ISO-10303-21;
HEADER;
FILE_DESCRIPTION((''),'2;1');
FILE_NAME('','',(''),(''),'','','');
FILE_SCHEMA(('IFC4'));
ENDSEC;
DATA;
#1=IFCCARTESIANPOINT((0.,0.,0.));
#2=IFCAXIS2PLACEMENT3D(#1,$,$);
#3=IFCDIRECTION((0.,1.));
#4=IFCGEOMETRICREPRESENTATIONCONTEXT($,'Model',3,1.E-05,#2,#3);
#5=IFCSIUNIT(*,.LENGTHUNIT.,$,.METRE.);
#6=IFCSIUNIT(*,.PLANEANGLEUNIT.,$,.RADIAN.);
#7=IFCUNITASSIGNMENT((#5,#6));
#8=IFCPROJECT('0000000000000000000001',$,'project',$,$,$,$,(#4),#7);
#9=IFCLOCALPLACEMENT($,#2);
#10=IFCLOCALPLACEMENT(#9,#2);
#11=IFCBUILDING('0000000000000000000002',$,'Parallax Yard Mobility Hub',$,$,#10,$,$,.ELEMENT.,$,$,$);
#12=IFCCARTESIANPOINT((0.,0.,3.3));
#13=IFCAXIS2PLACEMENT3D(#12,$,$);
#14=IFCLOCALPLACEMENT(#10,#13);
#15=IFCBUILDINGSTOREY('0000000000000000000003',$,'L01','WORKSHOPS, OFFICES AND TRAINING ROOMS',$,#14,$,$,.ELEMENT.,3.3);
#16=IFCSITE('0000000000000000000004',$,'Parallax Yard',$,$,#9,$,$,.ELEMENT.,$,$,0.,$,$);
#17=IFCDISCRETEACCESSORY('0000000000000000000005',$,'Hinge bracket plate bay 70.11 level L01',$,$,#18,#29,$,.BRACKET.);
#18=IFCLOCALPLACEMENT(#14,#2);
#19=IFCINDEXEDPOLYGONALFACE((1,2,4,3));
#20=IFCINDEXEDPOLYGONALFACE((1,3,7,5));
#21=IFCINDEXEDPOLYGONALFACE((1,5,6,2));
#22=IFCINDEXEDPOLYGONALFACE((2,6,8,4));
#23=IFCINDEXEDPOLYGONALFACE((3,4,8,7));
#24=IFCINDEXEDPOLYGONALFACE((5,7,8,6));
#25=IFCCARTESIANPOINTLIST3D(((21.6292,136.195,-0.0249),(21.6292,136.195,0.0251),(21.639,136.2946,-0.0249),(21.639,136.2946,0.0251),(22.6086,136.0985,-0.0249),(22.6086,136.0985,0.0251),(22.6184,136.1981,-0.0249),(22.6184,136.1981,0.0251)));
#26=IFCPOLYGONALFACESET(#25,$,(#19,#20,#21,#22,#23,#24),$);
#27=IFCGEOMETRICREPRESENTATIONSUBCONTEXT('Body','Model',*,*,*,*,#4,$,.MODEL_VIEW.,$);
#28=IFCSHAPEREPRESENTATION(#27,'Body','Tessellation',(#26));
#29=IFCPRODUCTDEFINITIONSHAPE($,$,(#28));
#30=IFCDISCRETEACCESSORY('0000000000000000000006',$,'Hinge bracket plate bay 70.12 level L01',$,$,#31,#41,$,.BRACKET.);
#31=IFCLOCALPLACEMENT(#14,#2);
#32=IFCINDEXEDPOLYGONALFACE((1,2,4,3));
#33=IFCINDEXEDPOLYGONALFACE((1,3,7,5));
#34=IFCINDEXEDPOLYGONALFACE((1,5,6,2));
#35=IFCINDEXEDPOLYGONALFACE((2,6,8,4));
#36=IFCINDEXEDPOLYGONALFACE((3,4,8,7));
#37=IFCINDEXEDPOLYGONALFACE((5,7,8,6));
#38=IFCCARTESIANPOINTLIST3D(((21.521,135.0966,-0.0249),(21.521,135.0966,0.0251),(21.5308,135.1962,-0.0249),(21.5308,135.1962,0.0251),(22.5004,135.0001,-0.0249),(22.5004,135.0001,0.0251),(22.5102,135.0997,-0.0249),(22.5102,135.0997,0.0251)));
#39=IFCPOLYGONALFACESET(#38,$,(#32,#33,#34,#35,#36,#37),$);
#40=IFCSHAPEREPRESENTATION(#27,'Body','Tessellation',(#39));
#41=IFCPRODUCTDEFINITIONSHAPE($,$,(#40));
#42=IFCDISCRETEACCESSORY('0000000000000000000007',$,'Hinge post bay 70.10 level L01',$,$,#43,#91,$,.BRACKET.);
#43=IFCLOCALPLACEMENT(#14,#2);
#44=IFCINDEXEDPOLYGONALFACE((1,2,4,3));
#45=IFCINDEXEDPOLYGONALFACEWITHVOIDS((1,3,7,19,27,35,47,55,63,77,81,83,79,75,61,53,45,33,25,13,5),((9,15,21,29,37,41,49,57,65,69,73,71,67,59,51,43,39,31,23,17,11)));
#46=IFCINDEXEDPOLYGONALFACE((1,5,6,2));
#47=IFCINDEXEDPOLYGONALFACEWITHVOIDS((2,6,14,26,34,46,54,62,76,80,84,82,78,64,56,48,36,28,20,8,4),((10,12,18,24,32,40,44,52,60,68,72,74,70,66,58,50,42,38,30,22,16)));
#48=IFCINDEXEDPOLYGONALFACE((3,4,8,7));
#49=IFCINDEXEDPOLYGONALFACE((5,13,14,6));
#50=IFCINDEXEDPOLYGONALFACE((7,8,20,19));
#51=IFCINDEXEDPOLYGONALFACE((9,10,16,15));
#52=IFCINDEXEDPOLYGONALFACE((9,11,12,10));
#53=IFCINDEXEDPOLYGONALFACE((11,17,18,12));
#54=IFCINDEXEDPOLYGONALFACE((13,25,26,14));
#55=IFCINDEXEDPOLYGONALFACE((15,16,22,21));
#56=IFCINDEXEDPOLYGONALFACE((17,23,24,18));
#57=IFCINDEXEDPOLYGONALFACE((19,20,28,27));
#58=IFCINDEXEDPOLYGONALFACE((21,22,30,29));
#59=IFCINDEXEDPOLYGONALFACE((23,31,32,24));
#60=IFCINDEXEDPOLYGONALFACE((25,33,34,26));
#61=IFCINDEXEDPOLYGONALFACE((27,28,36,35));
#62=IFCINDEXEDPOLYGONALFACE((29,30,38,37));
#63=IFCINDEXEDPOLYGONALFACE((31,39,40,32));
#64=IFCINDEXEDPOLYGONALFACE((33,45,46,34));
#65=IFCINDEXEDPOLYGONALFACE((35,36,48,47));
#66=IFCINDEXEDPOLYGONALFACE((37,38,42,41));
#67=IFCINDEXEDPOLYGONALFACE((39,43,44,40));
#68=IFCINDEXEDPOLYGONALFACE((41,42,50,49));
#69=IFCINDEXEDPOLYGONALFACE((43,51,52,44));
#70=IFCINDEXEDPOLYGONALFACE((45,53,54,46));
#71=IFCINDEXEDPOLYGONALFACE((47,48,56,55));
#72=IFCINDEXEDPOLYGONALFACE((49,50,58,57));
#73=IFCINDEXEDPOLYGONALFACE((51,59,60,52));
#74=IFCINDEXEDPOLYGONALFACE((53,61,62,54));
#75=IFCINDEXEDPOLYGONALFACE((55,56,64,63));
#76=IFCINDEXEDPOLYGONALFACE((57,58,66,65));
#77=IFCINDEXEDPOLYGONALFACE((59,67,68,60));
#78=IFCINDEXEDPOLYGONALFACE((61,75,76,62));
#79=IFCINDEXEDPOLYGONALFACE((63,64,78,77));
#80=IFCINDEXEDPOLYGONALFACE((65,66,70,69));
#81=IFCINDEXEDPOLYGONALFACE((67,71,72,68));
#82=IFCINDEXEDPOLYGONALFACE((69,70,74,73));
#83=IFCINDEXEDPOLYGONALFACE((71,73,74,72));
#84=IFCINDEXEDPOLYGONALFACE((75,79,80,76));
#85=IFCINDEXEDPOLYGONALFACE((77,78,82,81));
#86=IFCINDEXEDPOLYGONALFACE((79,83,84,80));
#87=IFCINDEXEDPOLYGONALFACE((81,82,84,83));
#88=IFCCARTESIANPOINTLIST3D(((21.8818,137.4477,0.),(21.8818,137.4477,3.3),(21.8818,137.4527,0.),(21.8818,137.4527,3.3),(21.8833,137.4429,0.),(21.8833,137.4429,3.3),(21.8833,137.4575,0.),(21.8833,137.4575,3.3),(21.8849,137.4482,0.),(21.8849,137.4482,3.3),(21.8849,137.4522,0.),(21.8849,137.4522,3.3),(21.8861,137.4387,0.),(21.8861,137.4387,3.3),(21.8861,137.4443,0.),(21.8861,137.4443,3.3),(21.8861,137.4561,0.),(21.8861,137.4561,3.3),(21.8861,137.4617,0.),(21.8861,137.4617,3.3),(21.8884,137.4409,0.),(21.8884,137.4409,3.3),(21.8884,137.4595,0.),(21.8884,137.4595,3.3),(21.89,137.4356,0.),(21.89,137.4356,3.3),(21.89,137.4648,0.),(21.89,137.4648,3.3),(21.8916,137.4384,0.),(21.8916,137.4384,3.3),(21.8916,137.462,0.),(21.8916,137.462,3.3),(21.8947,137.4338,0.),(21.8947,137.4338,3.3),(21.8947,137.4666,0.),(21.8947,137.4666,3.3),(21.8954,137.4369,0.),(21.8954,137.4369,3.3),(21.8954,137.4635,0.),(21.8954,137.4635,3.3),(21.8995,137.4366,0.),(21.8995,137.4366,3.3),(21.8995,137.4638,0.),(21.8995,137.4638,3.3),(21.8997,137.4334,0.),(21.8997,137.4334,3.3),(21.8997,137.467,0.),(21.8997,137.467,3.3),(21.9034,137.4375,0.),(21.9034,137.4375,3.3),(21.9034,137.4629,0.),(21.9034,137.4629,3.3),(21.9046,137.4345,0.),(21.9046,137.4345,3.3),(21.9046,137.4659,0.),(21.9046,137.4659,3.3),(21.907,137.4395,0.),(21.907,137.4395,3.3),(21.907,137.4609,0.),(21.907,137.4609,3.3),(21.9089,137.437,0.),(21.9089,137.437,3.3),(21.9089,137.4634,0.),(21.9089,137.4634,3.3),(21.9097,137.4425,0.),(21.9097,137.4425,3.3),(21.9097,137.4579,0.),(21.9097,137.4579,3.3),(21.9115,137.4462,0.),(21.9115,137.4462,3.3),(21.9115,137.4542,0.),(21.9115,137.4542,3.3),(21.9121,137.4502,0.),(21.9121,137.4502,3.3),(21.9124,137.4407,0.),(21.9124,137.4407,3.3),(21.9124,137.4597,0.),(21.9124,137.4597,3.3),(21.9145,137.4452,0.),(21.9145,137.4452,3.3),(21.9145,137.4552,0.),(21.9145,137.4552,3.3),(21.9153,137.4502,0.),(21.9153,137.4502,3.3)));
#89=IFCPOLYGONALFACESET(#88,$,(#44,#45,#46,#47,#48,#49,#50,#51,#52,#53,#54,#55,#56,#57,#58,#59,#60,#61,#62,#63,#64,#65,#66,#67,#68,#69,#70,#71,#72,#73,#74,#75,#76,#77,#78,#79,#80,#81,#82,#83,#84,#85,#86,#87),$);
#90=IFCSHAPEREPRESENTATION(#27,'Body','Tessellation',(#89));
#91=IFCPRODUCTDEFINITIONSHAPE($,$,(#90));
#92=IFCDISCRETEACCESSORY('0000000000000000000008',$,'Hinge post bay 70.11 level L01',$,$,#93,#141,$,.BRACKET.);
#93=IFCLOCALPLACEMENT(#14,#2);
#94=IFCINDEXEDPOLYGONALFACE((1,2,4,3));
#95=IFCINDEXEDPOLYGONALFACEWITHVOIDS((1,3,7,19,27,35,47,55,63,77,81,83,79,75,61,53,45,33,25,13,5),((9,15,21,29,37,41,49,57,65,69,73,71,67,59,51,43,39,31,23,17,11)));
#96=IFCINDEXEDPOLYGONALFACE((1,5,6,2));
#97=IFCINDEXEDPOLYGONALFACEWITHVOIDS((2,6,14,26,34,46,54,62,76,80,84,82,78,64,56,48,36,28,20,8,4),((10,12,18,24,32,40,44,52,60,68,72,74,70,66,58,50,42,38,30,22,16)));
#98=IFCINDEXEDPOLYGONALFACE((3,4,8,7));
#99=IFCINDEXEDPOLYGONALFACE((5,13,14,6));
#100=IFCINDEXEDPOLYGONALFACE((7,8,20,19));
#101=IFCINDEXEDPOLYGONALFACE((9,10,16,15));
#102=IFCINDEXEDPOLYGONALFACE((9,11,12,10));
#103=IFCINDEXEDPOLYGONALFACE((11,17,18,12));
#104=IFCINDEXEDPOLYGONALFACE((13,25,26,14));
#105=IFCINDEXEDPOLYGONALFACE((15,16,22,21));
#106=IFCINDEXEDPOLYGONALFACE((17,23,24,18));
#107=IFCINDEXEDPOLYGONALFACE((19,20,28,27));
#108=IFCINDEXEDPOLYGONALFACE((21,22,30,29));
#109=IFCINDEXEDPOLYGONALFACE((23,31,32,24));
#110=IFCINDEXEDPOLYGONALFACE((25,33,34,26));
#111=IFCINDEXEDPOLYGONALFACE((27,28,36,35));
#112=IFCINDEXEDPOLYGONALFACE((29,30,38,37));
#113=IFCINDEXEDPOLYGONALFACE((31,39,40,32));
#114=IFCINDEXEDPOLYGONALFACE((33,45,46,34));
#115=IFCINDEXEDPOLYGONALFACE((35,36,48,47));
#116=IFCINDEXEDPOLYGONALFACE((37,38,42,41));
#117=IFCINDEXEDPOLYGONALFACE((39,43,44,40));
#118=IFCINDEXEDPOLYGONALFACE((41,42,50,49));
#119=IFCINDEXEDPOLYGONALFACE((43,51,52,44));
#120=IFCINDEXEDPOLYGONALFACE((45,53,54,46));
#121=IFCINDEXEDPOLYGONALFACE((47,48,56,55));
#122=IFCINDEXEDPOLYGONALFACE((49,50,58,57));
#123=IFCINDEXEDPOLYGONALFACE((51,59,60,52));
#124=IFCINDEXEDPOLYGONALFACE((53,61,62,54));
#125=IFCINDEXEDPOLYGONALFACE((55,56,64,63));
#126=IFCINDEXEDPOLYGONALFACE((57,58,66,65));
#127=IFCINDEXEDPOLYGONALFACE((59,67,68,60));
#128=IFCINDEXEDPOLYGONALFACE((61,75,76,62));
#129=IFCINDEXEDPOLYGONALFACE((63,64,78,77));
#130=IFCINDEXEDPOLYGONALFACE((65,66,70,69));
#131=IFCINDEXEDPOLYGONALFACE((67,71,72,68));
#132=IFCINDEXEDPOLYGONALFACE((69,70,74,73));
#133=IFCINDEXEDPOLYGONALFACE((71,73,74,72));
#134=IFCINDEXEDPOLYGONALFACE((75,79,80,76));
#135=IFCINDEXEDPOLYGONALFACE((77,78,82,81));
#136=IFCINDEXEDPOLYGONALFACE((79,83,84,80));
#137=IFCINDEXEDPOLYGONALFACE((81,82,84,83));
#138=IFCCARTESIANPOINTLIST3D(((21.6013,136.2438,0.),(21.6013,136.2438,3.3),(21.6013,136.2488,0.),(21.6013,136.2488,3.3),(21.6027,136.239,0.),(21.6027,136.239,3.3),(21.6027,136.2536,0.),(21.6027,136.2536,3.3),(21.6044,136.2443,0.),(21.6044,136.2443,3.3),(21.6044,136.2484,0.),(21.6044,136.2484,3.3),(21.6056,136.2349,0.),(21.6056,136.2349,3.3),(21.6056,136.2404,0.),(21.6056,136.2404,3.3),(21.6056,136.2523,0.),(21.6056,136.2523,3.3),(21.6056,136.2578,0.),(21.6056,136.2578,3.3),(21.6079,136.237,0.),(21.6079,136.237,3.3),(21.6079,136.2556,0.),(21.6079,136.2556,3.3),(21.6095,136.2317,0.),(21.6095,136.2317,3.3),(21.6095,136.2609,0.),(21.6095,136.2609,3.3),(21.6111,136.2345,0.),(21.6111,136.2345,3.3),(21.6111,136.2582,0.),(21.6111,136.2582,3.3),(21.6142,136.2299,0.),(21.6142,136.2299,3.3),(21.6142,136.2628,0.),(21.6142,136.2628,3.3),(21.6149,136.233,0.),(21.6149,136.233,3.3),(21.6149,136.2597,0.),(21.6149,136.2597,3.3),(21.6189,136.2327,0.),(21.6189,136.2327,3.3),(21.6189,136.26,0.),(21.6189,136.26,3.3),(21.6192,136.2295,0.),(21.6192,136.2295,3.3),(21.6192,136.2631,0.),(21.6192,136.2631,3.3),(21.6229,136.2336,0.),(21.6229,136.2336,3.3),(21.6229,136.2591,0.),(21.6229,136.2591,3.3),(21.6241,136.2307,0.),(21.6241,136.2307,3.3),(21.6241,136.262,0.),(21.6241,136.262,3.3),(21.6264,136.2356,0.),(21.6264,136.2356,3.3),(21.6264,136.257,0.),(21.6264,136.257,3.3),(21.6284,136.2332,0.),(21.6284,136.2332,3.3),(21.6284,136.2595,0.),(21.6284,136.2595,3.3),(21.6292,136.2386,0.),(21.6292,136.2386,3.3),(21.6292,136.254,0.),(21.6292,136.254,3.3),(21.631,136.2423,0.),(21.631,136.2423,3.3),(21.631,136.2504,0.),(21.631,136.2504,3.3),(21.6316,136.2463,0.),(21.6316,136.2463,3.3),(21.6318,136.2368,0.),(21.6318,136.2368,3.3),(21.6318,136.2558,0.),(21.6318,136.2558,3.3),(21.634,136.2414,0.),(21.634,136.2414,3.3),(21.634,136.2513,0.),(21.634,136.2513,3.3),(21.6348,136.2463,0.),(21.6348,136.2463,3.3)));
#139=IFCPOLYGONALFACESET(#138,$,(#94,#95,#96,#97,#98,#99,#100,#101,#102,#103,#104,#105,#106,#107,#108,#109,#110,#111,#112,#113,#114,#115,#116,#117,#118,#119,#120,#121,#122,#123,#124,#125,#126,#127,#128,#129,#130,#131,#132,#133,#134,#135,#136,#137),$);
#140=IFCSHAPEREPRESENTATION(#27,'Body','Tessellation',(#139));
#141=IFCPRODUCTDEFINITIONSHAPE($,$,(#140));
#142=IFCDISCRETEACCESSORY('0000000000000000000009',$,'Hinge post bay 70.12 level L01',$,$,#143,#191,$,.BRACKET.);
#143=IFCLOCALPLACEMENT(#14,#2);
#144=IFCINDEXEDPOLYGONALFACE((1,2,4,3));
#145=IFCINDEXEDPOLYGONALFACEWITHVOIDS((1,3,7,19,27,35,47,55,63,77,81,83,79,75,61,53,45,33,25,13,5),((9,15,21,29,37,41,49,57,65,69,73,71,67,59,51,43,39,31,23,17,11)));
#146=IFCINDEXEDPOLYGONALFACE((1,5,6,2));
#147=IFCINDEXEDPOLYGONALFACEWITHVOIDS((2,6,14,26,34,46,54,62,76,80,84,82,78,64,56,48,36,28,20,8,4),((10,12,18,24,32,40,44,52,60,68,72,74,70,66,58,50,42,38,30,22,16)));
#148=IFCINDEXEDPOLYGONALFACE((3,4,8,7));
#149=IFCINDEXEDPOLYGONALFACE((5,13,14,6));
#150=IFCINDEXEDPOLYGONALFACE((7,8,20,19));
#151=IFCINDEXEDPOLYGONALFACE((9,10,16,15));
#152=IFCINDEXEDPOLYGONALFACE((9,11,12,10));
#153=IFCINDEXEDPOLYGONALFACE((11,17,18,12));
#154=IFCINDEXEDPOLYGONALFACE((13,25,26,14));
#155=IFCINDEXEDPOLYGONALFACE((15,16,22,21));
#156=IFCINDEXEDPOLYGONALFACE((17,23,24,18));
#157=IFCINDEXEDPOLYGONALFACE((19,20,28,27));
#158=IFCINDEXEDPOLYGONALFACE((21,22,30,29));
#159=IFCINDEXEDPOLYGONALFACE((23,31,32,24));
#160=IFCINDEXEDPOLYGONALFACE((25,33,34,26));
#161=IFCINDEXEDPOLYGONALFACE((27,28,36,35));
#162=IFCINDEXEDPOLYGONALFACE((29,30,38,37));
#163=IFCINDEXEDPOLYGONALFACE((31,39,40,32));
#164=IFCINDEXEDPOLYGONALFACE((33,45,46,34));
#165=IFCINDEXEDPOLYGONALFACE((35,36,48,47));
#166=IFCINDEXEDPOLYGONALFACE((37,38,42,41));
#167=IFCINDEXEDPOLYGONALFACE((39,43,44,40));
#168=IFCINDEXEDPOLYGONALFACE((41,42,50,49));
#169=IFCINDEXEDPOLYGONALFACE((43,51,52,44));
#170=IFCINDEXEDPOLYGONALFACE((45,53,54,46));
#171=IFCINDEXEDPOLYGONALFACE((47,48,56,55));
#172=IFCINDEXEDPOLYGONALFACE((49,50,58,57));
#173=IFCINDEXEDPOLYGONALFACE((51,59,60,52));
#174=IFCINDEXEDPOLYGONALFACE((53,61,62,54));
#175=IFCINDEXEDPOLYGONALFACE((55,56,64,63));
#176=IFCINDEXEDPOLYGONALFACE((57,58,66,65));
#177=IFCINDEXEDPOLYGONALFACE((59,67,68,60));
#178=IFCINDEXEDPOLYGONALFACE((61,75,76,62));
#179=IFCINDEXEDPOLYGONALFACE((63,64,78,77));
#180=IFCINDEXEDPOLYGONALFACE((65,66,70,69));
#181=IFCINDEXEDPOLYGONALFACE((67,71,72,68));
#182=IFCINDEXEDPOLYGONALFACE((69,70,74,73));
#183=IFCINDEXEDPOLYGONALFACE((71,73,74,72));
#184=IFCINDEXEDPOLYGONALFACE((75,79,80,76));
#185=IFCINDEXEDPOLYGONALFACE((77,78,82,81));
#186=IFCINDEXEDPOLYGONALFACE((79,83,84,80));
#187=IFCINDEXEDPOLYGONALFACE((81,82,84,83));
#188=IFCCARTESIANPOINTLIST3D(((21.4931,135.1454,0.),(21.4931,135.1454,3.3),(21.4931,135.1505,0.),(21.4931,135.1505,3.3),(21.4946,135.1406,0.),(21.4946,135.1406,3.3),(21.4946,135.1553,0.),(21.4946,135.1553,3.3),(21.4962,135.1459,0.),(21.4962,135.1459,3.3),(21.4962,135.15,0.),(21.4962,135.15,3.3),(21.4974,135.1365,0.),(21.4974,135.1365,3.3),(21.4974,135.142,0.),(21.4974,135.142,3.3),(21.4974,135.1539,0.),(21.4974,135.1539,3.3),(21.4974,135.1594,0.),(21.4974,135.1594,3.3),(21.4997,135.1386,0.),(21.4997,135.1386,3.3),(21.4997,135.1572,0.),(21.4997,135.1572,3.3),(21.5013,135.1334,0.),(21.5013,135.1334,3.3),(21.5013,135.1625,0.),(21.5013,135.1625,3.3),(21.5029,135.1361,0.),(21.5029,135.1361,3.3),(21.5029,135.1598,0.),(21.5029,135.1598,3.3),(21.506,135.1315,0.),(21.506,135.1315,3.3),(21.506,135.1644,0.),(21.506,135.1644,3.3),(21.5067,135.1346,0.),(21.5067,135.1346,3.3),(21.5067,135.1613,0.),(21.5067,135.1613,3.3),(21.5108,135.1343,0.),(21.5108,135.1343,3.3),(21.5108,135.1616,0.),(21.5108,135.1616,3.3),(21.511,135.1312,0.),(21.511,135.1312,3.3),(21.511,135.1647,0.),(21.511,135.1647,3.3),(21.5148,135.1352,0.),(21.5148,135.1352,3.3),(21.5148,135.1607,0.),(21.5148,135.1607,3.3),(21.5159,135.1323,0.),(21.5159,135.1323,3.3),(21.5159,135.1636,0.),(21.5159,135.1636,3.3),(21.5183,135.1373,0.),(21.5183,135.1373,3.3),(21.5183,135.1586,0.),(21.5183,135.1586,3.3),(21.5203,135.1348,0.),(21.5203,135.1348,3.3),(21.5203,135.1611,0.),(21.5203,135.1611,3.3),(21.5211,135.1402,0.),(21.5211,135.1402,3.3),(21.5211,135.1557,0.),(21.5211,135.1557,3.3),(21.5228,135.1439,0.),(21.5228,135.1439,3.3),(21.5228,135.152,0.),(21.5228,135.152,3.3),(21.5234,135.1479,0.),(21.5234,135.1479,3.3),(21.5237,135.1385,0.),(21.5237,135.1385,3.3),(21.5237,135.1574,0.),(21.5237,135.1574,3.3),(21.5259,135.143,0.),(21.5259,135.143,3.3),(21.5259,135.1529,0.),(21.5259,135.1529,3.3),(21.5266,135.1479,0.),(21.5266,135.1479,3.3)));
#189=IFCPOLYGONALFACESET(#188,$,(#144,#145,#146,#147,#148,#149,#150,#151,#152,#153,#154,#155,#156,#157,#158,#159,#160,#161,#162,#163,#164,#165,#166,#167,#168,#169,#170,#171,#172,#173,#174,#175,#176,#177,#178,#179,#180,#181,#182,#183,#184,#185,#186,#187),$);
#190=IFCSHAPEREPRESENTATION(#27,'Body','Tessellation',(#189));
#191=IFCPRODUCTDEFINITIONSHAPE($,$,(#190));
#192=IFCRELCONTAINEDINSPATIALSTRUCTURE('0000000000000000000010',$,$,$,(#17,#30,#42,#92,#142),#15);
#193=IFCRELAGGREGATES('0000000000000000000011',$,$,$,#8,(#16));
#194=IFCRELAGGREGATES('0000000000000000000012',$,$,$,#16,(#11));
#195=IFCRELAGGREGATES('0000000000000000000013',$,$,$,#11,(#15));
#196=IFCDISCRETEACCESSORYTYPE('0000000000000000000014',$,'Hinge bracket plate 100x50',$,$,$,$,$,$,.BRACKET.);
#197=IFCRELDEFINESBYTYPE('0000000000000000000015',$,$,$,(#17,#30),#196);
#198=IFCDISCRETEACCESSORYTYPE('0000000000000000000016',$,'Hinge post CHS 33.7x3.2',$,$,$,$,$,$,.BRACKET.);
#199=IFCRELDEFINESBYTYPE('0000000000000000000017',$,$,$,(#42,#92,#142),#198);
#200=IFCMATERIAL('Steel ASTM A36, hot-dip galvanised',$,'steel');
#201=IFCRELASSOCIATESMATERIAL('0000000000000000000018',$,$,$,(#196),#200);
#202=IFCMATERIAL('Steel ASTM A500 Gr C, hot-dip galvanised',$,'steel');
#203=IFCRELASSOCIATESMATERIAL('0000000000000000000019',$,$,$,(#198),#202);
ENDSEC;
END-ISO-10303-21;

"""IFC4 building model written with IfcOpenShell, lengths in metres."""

from ifc_helpers import new_model, si_unit, direction, frame, origin, origin_2d, place, context, subcontext, project, spatial, rectangle, hollow_circle, extrude, material, material_profile, profile_set, type_object, element, save


model = new_model("IFC4")

# Units and contexts
model_context = context("Model", 3, precision=1e-05, world=origin(), true_north=direction((0.0, 1.0)))
body_context = subcontext(model_context, "Body", "Model", "MODEL_VIEW")
ifc_project = project(units=[si_unit("LENGTHUNIT", "METRE"), si_unit("PLANEANGLEUNIT", "RADIAN")], contexts=[model_context])

# Site, building, storey
site_placement = place(None, origin())
site = spatial("IfcSite", under=ifc_project, at=site_placement, Name="Parallax Yard", CompositionType="ELEMENT", RefElevation=0.0)
building_placement = place(site_placement, origin())
building = spatial("IfcBuilding", under=site, at=building_placement, Name="Parallax Yard Mobility Hub", CompositionType="ELEMENT")
storey_placement = place(building_placement, frame((0.0, 0.0, 3.3)))
storey = spatial("IfcBuildingStorey", under=building, at=storey_placement, Name="L01", Description="WORKSHOPS, OFFICES AND TRAINING ROOMS", CompositionType="ELEMENT", Elevation=3.3)

# Discrete accessories
ifc_material_1 = material(Name="Steel ASTM A36, hot-dip galvanised", Category="steel")
discrete_accessory_type_1 = type_object("IfcDiscreteAccessoryType", Name="Hinge bracket plate 100x50", PredefinedType="BRACKET", material=ifc_material_1)
for number, where, z_axis, x_axis, name in (
    (1, (22.1238, 136.1965, -0.0249), (0.0, 0.0, 1.0), (-0.995185, 0.098017, 0.0), "Hinge bracket plate bay 70.11 level L01"),
    (2, (22.0156, 135.0981, -0.0249), (0.0, 0.0, 1.0), (-0.995185, 0.098017, 0.0), "Hinge bracket plate bay 70.12 level L01"),
):
    element("IfcDiscreteAccessory", number, at=place(storey_placement, frame(where, z_axis=z_axis, x_axis=x_axis)), inside=storey, type_object=discrete_accessory_type_1, Name=name, PredefinedType="BRACKET", context=body_context, shape_type="SweptSolid", body=[
        extrude(rectangle(XDim=0.9841, YDim=0.1001, at=origin_2d()), origin(), (0.0, 0.0, 1.0), 0.05),
    ])
ifc_material_2 = material(Name="Steel ASTM A500 Gr C, hot-dip galvanised", Category="steel")
ifc_material_profile_1 = material_profile(ifc_material_2, hollow_circle(Radius=0.0168, WallThickness=0.0032, at=origin_2d()), Name="CHS 33.7x3.2")
ifc_profile_set_1 = profile_set([ifc_material_profile_1], Name="Steel ASTM A500 Gr C, hot-dip galvanised")
discrete_accessory_type_2 = type_object("IfcDiscreteAccessoryType", Name="Hinge post CHS 33.7x3.2", PredefinedType="BRACKET", material=ifc_profile_set_1)
for number, where, z_axis, x_axis, name in (
    (3, (21.8984, 137.4502, 0.0), (0.0, 0.0, 1.0), (1.0, 0.0, 0.0), "Hinge post bay 70.10 level L01"),
    (4, (21.6179, 136.2463, 0.0), (0.0, 0.0, 1.0), (1.0, 0.0, 0.0), "Hinge post bay 70.11 level L01"),
    (5, (21.5098, 135.1479, 0.0), (0.0, 0.0, 1.0), (1.0, 0.0, 0.0), "Hinge post bay 70.12 level L01"),
):
    element("IfcDiscreteAccessory", number, at=place(storey_placement, frame(where, z_axis=z_axis, x_axis=x_axis)), inside=storey, type_object=discrete_accessory_type_2, Name=name, PredefinedType="BRACKET", context=body_context, shape_type="SweptSolid", body=[
        extrude(hollow_circle(Radius=0.0168, WallThickness=0.0032, at=origin_2d()), origin(), (0.0, 0.0, 1.0), 3.3),
    ])

save(model, "model.ifc")
